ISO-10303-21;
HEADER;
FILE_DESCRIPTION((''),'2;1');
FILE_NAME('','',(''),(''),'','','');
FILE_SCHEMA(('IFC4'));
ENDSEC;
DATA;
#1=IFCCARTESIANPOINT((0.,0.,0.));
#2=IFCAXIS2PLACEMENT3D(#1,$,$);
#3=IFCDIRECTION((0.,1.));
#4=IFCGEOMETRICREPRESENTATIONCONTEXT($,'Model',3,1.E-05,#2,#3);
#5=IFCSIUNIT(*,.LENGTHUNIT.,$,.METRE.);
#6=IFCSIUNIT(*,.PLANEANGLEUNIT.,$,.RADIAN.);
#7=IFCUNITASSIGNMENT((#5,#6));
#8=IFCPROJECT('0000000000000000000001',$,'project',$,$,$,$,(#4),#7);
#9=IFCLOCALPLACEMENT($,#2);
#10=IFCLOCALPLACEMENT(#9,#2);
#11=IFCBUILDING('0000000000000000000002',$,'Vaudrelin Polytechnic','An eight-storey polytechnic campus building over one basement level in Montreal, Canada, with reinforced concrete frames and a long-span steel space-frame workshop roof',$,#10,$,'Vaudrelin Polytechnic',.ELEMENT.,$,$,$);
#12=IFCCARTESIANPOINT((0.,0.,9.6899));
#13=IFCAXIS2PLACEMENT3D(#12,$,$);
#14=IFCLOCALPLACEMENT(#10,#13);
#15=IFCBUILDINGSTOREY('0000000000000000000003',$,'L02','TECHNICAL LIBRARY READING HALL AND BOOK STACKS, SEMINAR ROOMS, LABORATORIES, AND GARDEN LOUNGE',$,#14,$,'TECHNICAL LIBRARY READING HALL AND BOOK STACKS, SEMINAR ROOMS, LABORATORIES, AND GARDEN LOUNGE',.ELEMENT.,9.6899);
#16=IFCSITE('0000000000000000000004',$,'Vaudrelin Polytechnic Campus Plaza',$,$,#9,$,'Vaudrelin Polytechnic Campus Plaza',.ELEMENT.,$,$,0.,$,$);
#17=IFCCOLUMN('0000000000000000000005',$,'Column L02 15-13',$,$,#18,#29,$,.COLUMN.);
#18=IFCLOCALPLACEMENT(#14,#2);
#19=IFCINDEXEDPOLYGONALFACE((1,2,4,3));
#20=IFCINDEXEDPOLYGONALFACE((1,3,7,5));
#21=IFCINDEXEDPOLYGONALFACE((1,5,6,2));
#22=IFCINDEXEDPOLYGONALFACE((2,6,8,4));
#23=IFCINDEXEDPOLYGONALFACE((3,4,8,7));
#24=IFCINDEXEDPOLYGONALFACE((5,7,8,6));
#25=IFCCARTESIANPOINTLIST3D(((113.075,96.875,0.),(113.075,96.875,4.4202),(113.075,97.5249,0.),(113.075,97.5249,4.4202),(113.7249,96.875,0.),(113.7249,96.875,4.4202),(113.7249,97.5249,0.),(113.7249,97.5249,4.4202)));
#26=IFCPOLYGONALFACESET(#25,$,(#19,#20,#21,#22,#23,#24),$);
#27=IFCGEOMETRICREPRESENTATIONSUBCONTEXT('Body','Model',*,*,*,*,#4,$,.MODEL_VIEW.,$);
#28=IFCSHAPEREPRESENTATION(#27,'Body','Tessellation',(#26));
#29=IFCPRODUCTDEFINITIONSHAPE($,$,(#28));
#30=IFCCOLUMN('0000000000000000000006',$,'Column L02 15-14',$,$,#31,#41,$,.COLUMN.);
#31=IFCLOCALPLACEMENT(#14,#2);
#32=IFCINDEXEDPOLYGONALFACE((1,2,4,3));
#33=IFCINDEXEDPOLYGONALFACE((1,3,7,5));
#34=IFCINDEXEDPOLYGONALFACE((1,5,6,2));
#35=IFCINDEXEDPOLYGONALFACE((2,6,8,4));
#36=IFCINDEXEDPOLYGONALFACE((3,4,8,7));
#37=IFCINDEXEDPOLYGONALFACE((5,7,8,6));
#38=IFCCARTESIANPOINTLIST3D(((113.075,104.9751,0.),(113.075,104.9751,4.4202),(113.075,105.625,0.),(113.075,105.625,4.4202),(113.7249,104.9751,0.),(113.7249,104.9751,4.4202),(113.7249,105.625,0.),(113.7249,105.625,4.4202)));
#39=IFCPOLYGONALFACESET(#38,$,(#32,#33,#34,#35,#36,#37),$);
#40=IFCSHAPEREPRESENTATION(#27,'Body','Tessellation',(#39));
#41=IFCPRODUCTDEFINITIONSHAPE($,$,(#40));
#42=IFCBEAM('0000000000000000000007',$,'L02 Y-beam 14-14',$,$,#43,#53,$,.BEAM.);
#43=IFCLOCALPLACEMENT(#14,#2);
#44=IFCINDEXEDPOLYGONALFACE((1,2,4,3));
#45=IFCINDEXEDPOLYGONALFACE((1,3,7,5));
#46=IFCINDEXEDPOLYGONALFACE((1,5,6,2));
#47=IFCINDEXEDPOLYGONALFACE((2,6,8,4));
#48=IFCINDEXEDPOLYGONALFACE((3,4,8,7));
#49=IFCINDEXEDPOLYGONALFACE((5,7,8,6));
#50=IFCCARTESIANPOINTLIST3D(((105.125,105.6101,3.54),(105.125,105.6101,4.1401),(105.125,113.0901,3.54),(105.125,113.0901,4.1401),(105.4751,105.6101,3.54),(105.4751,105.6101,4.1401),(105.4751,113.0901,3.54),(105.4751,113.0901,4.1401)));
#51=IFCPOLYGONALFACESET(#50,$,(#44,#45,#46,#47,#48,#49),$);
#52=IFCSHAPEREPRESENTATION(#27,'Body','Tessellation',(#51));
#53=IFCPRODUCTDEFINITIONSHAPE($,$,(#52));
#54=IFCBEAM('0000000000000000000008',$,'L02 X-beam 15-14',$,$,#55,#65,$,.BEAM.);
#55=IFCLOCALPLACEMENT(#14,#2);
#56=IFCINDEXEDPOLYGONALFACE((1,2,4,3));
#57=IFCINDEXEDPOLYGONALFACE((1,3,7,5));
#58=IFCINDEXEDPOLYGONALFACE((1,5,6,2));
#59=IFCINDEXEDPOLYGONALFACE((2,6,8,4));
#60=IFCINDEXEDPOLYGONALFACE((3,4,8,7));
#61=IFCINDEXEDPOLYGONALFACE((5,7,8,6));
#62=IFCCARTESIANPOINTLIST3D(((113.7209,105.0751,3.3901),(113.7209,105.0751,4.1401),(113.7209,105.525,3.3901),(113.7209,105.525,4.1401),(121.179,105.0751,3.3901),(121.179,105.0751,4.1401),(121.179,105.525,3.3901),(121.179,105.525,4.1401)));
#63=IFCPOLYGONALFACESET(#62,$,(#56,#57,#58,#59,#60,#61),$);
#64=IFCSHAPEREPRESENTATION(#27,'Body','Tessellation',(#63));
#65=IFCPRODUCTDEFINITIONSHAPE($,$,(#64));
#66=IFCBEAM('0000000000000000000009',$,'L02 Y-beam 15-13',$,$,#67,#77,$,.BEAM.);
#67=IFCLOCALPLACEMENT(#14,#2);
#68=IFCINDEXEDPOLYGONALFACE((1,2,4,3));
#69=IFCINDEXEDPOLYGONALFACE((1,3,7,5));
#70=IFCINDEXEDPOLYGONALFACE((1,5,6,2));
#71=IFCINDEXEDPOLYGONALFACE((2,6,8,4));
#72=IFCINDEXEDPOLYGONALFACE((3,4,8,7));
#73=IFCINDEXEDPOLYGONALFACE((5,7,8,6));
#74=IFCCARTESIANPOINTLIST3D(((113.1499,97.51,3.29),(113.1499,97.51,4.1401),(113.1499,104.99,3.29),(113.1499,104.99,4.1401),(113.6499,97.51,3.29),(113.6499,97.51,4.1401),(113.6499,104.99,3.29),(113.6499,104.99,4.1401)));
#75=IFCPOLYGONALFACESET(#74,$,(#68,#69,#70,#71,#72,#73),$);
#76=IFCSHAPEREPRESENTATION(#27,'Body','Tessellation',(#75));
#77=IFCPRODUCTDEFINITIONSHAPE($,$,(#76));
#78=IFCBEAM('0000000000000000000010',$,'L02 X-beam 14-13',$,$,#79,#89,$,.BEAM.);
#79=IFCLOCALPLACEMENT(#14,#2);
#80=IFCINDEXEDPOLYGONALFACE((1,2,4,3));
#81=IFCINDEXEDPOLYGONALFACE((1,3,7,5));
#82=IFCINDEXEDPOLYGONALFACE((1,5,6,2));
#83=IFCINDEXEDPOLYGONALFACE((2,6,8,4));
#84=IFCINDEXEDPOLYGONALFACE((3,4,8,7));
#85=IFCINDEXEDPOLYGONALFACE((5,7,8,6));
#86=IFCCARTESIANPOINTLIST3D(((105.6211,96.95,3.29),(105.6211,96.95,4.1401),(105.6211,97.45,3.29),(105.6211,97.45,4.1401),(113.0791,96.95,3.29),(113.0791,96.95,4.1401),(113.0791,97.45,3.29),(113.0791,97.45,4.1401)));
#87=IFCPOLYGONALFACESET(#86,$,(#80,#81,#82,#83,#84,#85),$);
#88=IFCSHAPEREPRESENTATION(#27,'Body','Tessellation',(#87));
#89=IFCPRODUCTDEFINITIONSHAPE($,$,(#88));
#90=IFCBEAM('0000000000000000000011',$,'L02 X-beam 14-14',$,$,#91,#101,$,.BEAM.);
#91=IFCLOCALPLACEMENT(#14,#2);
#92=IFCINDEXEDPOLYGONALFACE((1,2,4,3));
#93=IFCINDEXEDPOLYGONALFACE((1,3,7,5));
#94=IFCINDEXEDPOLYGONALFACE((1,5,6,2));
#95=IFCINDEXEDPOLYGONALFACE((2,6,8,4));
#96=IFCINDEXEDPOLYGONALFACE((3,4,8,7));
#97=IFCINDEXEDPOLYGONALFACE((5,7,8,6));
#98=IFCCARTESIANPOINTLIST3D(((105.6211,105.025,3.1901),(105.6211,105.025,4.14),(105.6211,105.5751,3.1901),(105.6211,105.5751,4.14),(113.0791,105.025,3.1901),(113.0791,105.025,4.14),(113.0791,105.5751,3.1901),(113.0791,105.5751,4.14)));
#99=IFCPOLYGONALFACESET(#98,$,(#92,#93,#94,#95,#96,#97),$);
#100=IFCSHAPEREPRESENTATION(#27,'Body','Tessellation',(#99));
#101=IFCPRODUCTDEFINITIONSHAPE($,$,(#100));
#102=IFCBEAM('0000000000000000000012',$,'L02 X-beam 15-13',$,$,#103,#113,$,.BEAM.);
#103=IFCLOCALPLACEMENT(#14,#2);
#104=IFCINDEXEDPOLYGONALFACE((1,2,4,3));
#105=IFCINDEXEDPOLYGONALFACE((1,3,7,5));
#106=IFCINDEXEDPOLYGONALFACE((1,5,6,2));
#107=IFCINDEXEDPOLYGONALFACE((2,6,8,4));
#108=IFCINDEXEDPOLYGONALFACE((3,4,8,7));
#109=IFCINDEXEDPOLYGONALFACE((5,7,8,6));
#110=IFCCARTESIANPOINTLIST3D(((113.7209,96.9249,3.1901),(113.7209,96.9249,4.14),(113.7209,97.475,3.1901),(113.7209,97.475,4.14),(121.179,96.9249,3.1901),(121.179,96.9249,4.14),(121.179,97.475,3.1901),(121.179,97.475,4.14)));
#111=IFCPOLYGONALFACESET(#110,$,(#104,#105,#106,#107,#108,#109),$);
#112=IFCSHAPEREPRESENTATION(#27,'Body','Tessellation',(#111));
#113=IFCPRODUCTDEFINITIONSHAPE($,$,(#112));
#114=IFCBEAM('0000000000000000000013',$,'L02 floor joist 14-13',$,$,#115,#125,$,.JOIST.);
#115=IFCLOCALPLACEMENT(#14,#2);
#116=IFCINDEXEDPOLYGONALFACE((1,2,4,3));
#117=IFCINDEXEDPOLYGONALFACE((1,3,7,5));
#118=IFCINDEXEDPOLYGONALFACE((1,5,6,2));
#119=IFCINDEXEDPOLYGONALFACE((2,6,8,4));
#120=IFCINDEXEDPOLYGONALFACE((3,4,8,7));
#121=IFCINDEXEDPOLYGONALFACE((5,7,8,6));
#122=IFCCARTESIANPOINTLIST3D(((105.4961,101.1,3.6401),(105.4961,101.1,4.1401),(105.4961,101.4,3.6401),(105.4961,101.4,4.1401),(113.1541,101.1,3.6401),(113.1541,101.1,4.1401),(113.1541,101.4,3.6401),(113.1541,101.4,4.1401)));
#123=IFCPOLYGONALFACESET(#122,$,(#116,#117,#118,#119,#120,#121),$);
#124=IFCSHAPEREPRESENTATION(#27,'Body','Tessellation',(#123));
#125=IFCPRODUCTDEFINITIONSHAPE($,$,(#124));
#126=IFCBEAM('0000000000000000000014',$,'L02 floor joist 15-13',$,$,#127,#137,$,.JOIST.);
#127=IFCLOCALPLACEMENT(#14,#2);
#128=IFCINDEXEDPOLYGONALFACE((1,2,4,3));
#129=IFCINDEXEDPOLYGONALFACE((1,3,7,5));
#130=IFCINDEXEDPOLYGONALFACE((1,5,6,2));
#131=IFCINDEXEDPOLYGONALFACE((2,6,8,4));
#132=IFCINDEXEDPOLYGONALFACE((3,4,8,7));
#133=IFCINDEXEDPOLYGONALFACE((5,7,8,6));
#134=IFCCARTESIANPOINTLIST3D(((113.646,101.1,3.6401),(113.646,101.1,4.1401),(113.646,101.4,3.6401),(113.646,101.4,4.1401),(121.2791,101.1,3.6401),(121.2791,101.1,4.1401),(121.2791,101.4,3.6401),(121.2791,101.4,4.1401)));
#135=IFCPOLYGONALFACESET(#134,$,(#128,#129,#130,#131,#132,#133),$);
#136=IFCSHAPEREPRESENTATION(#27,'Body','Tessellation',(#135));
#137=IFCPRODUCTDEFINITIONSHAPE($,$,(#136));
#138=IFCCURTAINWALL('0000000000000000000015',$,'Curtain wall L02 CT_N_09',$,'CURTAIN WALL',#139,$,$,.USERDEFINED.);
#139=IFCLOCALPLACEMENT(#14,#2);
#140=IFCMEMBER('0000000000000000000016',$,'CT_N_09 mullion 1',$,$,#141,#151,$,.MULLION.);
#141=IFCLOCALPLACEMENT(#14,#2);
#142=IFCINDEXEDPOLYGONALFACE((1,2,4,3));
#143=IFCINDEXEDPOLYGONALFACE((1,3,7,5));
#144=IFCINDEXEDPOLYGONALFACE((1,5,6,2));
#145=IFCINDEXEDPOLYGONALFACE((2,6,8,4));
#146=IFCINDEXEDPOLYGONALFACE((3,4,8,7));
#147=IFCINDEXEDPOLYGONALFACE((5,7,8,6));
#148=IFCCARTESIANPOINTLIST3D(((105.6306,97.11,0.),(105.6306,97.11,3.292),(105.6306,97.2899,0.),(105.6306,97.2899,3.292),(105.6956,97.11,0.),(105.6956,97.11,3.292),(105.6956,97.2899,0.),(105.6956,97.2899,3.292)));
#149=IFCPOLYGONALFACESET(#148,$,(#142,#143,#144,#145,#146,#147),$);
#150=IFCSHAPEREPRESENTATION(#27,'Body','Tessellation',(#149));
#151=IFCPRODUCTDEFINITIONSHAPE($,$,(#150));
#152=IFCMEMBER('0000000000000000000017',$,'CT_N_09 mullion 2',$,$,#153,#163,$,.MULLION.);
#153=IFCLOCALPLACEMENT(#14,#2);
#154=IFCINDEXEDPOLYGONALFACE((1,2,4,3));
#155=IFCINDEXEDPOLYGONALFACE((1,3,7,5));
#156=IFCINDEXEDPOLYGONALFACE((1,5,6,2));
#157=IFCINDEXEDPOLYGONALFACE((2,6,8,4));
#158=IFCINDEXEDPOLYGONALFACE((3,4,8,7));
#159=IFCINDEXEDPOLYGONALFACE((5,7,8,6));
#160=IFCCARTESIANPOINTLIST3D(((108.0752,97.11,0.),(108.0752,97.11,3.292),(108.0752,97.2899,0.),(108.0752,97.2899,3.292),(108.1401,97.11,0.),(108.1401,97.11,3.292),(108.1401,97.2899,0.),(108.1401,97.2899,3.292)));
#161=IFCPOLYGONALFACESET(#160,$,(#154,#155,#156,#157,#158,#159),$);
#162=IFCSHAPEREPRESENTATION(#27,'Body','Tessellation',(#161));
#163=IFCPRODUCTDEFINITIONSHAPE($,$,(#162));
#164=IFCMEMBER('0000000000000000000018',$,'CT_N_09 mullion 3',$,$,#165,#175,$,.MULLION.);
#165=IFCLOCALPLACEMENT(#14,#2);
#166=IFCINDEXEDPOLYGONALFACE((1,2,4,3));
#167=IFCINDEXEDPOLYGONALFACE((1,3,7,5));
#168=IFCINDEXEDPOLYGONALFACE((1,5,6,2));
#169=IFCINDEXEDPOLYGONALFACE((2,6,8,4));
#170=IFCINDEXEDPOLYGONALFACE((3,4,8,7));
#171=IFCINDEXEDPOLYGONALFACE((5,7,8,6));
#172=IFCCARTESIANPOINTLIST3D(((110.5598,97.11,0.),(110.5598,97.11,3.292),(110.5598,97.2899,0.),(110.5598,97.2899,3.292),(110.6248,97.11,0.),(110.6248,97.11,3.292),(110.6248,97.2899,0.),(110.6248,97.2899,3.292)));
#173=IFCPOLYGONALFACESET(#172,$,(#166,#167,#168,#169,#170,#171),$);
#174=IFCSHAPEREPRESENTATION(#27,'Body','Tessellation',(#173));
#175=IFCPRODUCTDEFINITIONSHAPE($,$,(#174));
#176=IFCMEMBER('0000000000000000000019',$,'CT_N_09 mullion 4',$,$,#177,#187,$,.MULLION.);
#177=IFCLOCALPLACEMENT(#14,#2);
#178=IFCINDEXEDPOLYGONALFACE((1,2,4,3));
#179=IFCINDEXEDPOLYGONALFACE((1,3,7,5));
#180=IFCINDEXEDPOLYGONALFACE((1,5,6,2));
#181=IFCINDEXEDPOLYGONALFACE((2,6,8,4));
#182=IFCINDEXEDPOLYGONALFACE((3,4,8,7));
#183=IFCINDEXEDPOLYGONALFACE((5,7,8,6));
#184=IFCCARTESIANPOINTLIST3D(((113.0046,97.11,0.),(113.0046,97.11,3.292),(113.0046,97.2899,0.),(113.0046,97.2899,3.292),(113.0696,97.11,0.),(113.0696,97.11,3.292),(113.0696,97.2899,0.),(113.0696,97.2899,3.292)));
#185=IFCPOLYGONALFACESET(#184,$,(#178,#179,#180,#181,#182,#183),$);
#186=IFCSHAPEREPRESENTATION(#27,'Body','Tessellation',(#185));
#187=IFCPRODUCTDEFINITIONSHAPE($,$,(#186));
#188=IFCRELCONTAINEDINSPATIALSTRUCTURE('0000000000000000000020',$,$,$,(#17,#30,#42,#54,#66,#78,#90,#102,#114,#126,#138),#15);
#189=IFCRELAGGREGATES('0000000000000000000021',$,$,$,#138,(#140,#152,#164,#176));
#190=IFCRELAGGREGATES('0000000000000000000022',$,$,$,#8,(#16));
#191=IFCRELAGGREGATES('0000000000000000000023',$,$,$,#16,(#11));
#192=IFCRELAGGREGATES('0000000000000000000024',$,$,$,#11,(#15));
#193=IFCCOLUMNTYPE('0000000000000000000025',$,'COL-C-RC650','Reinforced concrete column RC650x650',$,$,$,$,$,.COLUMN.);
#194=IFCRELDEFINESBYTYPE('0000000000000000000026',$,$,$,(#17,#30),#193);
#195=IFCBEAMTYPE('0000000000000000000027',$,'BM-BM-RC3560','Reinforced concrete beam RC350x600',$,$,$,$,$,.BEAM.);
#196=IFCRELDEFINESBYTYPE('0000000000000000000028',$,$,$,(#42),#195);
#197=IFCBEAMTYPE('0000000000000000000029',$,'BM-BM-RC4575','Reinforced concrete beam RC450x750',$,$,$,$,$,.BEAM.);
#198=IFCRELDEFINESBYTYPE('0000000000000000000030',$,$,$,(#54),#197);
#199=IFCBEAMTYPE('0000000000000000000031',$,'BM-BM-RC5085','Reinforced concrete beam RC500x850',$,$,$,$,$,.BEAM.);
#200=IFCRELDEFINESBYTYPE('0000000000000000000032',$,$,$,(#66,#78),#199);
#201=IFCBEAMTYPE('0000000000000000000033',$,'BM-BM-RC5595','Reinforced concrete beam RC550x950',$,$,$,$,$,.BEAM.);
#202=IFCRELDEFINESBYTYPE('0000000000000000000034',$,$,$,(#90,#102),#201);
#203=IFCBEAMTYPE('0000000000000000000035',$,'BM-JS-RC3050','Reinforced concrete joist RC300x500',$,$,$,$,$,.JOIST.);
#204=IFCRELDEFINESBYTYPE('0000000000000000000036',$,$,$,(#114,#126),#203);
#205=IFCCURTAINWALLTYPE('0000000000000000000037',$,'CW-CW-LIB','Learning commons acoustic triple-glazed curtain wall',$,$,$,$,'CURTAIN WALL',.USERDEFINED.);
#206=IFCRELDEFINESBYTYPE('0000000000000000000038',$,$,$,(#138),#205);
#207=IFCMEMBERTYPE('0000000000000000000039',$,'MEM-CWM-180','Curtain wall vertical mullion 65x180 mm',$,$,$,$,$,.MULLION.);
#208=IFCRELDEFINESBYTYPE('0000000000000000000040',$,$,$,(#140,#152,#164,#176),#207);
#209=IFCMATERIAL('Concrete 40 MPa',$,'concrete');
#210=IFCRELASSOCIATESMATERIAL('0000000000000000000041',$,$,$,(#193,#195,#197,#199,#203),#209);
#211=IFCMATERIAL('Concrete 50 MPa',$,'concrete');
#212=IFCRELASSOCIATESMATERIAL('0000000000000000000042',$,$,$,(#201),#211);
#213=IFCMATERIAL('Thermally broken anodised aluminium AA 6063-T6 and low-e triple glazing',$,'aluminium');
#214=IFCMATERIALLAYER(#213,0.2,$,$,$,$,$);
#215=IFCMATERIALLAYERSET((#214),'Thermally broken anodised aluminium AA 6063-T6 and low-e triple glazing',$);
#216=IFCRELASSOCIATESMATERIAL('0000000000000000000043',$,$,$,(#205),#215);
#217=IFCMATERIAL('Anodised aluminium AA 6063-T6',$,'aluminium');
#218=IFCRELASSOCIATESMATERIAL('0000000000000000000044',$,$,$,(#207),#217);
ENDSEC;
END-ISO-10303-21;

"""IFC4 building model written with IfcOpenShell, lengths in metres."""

from ifc_helpers import new_model, si_unit, direction, frame, origin, origin_2d, place, context, subcontext, project, spatial, rectangle, extrude, material, layer, layer_set, material_profile, profile_set, type_object, element, aggregate, save


model = new_model("IFC4")

# Units and contexts
model_context = context("Model", 3, precision=1e-05, world=origin(), true_north=direction((0.0, 1.0)))
body_context = subcontext(model_context, "Body", "Model", "MODEL_VIEW")
ifc_project = project(units=[si_unit("LENGTHUNIT", "METRE"), si_unit("PLANEANGLEUNIT", "RADIAN")], contexts=[model_context])

# Site, building, storey
site_placement = place(None, origin())
site = spatial("IfcSite", under=ifc_project, at=site_placement, Name="Vaudrelin Polytechnic Campus Plaza", LongName="Vaudrelin Polytechnic Campus Plaza", CompositionType="ELEMENT", RefElevation=0.0)
building_placement = place(site_placement, origin())
building = spatial("IfcBuilding", under=site, at=building_placement, Name="Vaudrelin Polytechnic", Description="An eight-storey polytechnic campus building over one basement level in Montreal, Canada, with reinforced concrete frames and a long-span steel space-frame workshop roof", LongName="Vaudrelin Polytechnic", CompositionType="ELEMENT")
storey_placement = place(building_placement, frame((0.0, 0.0, 9.6899)))
storey = spatial("IfcBuildingStorey", under=building, at=storey_placement, Name="L02", Description="TECHNICAL LIBRARY READING HALL AND BOOK STACKS, SEMINAR ROOMS, LABORATORIES, AND GARDEN LOUNGE", LongName="TECHNICAL LIBRARY READING HALL AND BOOK STACKS, SEMINAR ROOMS, LABORATORIES, AND GARDEN LOUNGE", CompositionType="ELEMENT", Elevation=9.6899)

# Columns
ifc_material_1 = material(Name="Concrete 40 MPa", Category="concrete")
ifc_material_profile_1 = material_profile(ifc_material_1, rectangle(XDim=0.6499, YDim=0.6499, at=origin_2d()), Name="RC650x650")
ifc_profile_set_1 = profile_set([ifc_material_profile_1], Name="Concrete 40 MPa")
column_type = type_object("IfcColumnType", Name="COL-C-RC650", Description="Reinforced concrete column RC650x650", PredefinedType="COLUMN", material=ifc_profile_set_1)
for number, where, z_axis, x_axis, name in (
    (1, (113.3999, 97.2, 0.0), (0.0, 0.0, 1.0), (1.0, 0.0, 0.0), "Column L02 15-13"),
    (2, (113.3999, 105.3, 0.0), (0.0, 0.0, 1.0), (1.0, 0.0, 0.0), "Column L02 15-14"),
):
    element("IfcColumn", number, at=place(storey_placement, frame(where, z_axis=z_axis, x_axis=x_axis)), inside=storey, type_object=column_type, Name=name, PredefinedType="COLUMN", context=body_context, shape_type="SweptSolid", body=[
        extrude(rectangle(XDim=0.6499, YDim=0.6499, at=origin_2d()), origin(), (0.0, 0.0, 1.0), 4.4202),
    ])

# Beams
ifc_material_profile_2 = material_profile(ifc_material_1, rectangle(XDim=0.3501, YDim=0.6001, at=origin_2d()), Name="RC350x600")
ifc_profile_set_2 = profile_set([ifc_material_profile_2], Name="Concrete 40 MPa")
beam_type_1 = type_object("IfcBeamType", Name="BM-BM-RC3560", Description="Reinforced concrete beam RC350x600", PredefinedType="BEAM", material=ifc_profile_set_2)
beam_1_placement = place(storey_placement, frame((105.3, 105.6101, 3.8401), z_axis=(0.0, 1.0, 0.0), x_axis=(-1.0, 0.0, 0.0)))
element("IfcBeam", 3, at=beam_1_placement, inside=storey, type_object=beam_type_1, Name="L02 Y-beam 14-14", PredefinedType="BEAM", context=body_context, shape_type="SweptSolid", body=[
    extrude(rectangle(XDim=0.3501, YDim=0.6001, at=origin_2d()), origin(), (0.0, 0.0, 1.0), 7.48),
])
ifc_material_profile_3 = material_profile(ifc_material_1, rectangle(XDim=0.45, YDim=0.75, at=origin_2d()), Name="RC450x750")
ifc_profile_set_3 = profile_set([ifc_material_profile_3], Name="Concrete 40 MPa")
beam_type_2 = type_object("IfcBeamType", Name="BM-BM-RC4575", Description="Reinforced concrete beam RC450x750", PredefinedType="BEAM", material=ifc_profile_set_3)
beam_2_placement = place(storey_placement, frame((113.7209, 105.3, 3.7651), z_axis=(1.0, 0.0, 0.0), x_axis=(0.0, 1.0, 0.0)))
element("IfcBeam", 4, at=beam_2_placement, inside=storey, type_object=beam_type_2, Name="L02 X-beam 15-14", PredefinedType="BEAM", context=body_context, shape_type="SweptSolid", body=[
    extrude(rectangle(XDim=0.45, YDim=0.75, at=origin_2d()), origin(), (0.0, 0.0, 1.0), 7.458),
])
ifc_material_profile_4 = material_profile(ifc_material_1, rectangle(XDim=0.5, YDim=0.8501, at=origin_2d()), Name="RC500x850")
ifc_profile_set_4 = profile_set([ifc_material_profile_4], Name="Concrete 40 MPa")
beam_type_3 = type_object("IfcBeamType", Name="BM-BM-RC5085", Description="Reinforced concrete beam RC500x850", PredefinedType="BEAM", material=ifc_profile_set_4)
beam_3_placement = place(storey_placement, frame((113.3999, 97.51, 3.7151), z_axis=(0.0, 1.0, 0.0), x_axis=(-1.0, 0.0, 0.0)))
element("IfcBeam", 5, at=beam_3_placement, inside=storey, type_object=beam_type_3, Name="L02 Y-beam 15-13", PredefinedType="BEAM", context=body_context, shape_type="SweptSolid", body=[
    extrude(rectangle(XDim=0.5, YDim=0.8501, at=origin_2d()), origin(), (0.0, 0.0, 1.0), 7.48),
])
beam_4_placement = place(storey_placement, frame((105.6211, 97.2, 3.7151), z_axis=(1.0, 0.0, 0.0), x_axis=(0.0, 1.0, 0.0)))
element("IfcBeam", 6, at=beam_4_placement, inside=storey, type_object=beam_type_3, Name="L02 X-beam 14-13", PredefinedType="BEAM", context=body_context, shape_type="SweptSolid", body=[
    extrude(rectangle(XDim=0.5, YDim=0.8501, at=origin_2d()), origin(), (0.0, 0.0, 1.0), 7.458),
])
ifc_material_2 = material(Name="Concrete 50 MPa", Category="concrete")
ifc_material_profile_5 = material_profile(ifc_material_2, rectangle(XDim=0.55, YDim=0.95, at=origin_2d()), Name="RC550x950")
ifc_profile_set_5 = profile_set([ifc_material_profile_5], Name="Concrete 50 MPa")
beam_type_4 = type_object("IfcBeamType", Name="BM-BM-RC5595", Description="Reinforced concrete beam RC550x950", PredefinedType="BEAM", material=ifc_profile_set_5)
for number, where, z_axis, x_axis, name in (
    (7, (105.6211, 105.3, 3.665), (1.0, 0.0, 0.0), (0.0, 1.0, 0.0), "L02 X-beam 14-14"),
    (8, (113.7209, 97.2, 3.665), (1.0, 0.0, 0.0), (0.0, 1.0, 0.0), "L02 X-beam 15-13"),
):
    element("IfcBeam", number, at=place(storey_placement, frame(where, z_axis=z_axis, x_axis=x_axis)), inside=storey, type_object=beam_type_4, Name=name, PredefinedType="BEAM", context=body_context, shape_type="SweptSolid", body=[
        extrude(rectangle(XDim=0.55, YDim=0.95, at=origin_2d()), origin(), (0.0, 0.0, 1.0), 7.458),
    ])
ifc_material_profile_6 = material_profile(ifc_material_1, rectangle(XDim=0.3, YDim=0.5, at=origin_2d()), Name="RC300x500")
ifc_profile_set_6 = profile_set([ifc_material_profile_6], Name="Concrete 40 MPa")
beam_type_5 = type_object("IfcBeamType", Name="BM-JS-RC3050", Description="Reinforced concrete joist RC300x500", PredefinedType="JOIST", material=ifc_profile_set_6)
beam_5_placement = place(storey_placement, frame((105.4961, 101.25, 3.8901), z_axis=(1.0, 0.0, 0.0), x_axis=(0.0, 1.0, 0.0)))
element("IfcBeam", 9, at=beam_5_placement, inside=storey, type_object=beam_type_5, Name="L02 floor joist 14-13", PredefinedType="JOIST", context=body_context, shape_type="SweptSolid", body=[
    extrude(rectangle(XDim=0.3, YDim=0.5, at=origin_2d()), origin(), (0.0, 0.0, 1.0), 7.658),
])
beam_6_placement = place(storey_placement, frame((113.646, 101.25, 3.8901), z_axis=(1.0, 0.0, 0.0), x_axis=(0.0, 1.0, 0.0)))
element("IfcBeam", 10, at=beam_6_placement, inside=storey, type_object=beam_type_5, Name="L02 floor joist 15-13", PredefinedType="JOIST", context=body_context, shape_type="SweptSolid", body=[
    extrude(rectangle(XDim=0.3, YDim=0.5, at=origin_2d()), origin(), (0.0, 0.0, 1.0), 7.6331),
])

# Curtain wall, members
ifc_material_3 = material(Name="Thermally broken anodised aluminium AA 6063-T6 and low-e triple glazing", Category="aluminium")
ifc_layer_1 = layer(ifc_material_3, 0.2)
ifc_layer_set_1 = layer_set([ifc_layer_1], Name="Thermally broken anodised aluminium AA 6063-T6 and low-e triple glazing")
curtain_wall_type = type_object("IfcCurtainWallType", Name="CW-CW-LIB", Description="Learning commons acoustic triple-glazed curtain wall", ElementType="CURTAIN WALL", PredefinedType="USERDEFINED", material=ifc_layer_set_1)
curtain_wall_1_placement = place(storey_placement, origin())
curtain_wall_1 = element("IfcCurtainWall", 11, at=curtain_wall_1_placement, inside=storey, type_object=curtain_wall_type, Name="Curtain wall L02 CT_N_09", ObjectType="CURTAIN WALL", PredefinedType="USERDEFINED")
ifc_material_4 = material(Name="Anodised aluminium AA 6063-T6", Category="aluminium")
ifc_material_profile_7 = material_profile(ifc_material_4, rectangle(XDim=0.0649, YDim=0.1799, at=origin_2d()), Name="CWM-65x180")
ifc_profile_set_7 = profile_set([ifc_material_profile_7], Name="Anodised aluminium AA 6063-T6")
member_type_1 = type_object("IfcMemberType", Name="MEM-CWM-180", Description="Curtain wall vertical mullion 65x180 mm", PredefinedType="MULLION", material=ifc_profile_set_7)
member_1_placement = place(storey_placement, frame((105.6631, 97.2, 0.0), z_axis=(0.0, 0.0, 1.0), x_axis=(1.0, 0.0, 0.0)))
member_1 = element("IfcMember", 12, at=member_1_placement, type_object=member_type_1, Name="CT_N_09 mullion 1", PredefinedType="MULLION", context=body_context, shape_type="SweptSolid", body=[
    extrude(rectangle(XDim=0.0649, YDim=0.1799, at=origin_2d()), origin(), (0.0, 0.0, 1.0), 3.292),
])
member_2_placement = place(storey_placement, frame((108.1077, 97.2, 0.0), z_axis=(0.0, 0.0, 1.0), x_axis=(1.0, 0.0, 0.0)))
member_2 = element("IfcMember", 13, at=member_2_placement, type_object=member_type_1, Name="CT_N_09 mullion 2", PredefinedType="MULLION", context=body_context, shape_type="SweptSolid", body=[
    extrude(rectangle(XDim=0.0649, YDim=0.1799, at=origin_2d()), origin(), (0.0, 0.0, 1.0), 3.292),
])
member_3_placement = place(storey_placement, frame((110.5923, 97.2, 0.0), z_axis=(0.0, 0.0, 1.0), x_axis=(1.0, 0.0, 0.0)))
member_3 = element("IfcMember", 14, at=member_3_placement, type_object=member_type_1, Name="CT_N_09 mullion 3", PredefinedType="MULLION", context=body_context, shape_type="SweptSolid", body=[
    extrude(rectangle(XDim=0.0649, YDim=0.1799, at=origin_2d()), origin(), (0.0, 0.0, 1.0), 3.292),
])
member_4_placement = place(storey_placement, frame((113.0371, 97.2, 0.0), z_axis=(0.0, 0.0, 1.0), x_axis=(1.0, 0.0, 0.0)))
member_4 = element("IfcMember", 15, at=member_4_placement, type_object=member_type_1, Name="CT_N_09 mullion 4", PredefinedType="MULLION", context=body_context, shape_type="SweptSolid", body=[
    extrude(rectangle(XDim=0.0649, YDim=0.1799, at=origin_2d()), origin(), (0.0, 0.0, 1.0), 3.292),
])

aggregate(curtain_wall_1, [member_1, member_2, member_3, member_4])

save(model, "model.ifc")
